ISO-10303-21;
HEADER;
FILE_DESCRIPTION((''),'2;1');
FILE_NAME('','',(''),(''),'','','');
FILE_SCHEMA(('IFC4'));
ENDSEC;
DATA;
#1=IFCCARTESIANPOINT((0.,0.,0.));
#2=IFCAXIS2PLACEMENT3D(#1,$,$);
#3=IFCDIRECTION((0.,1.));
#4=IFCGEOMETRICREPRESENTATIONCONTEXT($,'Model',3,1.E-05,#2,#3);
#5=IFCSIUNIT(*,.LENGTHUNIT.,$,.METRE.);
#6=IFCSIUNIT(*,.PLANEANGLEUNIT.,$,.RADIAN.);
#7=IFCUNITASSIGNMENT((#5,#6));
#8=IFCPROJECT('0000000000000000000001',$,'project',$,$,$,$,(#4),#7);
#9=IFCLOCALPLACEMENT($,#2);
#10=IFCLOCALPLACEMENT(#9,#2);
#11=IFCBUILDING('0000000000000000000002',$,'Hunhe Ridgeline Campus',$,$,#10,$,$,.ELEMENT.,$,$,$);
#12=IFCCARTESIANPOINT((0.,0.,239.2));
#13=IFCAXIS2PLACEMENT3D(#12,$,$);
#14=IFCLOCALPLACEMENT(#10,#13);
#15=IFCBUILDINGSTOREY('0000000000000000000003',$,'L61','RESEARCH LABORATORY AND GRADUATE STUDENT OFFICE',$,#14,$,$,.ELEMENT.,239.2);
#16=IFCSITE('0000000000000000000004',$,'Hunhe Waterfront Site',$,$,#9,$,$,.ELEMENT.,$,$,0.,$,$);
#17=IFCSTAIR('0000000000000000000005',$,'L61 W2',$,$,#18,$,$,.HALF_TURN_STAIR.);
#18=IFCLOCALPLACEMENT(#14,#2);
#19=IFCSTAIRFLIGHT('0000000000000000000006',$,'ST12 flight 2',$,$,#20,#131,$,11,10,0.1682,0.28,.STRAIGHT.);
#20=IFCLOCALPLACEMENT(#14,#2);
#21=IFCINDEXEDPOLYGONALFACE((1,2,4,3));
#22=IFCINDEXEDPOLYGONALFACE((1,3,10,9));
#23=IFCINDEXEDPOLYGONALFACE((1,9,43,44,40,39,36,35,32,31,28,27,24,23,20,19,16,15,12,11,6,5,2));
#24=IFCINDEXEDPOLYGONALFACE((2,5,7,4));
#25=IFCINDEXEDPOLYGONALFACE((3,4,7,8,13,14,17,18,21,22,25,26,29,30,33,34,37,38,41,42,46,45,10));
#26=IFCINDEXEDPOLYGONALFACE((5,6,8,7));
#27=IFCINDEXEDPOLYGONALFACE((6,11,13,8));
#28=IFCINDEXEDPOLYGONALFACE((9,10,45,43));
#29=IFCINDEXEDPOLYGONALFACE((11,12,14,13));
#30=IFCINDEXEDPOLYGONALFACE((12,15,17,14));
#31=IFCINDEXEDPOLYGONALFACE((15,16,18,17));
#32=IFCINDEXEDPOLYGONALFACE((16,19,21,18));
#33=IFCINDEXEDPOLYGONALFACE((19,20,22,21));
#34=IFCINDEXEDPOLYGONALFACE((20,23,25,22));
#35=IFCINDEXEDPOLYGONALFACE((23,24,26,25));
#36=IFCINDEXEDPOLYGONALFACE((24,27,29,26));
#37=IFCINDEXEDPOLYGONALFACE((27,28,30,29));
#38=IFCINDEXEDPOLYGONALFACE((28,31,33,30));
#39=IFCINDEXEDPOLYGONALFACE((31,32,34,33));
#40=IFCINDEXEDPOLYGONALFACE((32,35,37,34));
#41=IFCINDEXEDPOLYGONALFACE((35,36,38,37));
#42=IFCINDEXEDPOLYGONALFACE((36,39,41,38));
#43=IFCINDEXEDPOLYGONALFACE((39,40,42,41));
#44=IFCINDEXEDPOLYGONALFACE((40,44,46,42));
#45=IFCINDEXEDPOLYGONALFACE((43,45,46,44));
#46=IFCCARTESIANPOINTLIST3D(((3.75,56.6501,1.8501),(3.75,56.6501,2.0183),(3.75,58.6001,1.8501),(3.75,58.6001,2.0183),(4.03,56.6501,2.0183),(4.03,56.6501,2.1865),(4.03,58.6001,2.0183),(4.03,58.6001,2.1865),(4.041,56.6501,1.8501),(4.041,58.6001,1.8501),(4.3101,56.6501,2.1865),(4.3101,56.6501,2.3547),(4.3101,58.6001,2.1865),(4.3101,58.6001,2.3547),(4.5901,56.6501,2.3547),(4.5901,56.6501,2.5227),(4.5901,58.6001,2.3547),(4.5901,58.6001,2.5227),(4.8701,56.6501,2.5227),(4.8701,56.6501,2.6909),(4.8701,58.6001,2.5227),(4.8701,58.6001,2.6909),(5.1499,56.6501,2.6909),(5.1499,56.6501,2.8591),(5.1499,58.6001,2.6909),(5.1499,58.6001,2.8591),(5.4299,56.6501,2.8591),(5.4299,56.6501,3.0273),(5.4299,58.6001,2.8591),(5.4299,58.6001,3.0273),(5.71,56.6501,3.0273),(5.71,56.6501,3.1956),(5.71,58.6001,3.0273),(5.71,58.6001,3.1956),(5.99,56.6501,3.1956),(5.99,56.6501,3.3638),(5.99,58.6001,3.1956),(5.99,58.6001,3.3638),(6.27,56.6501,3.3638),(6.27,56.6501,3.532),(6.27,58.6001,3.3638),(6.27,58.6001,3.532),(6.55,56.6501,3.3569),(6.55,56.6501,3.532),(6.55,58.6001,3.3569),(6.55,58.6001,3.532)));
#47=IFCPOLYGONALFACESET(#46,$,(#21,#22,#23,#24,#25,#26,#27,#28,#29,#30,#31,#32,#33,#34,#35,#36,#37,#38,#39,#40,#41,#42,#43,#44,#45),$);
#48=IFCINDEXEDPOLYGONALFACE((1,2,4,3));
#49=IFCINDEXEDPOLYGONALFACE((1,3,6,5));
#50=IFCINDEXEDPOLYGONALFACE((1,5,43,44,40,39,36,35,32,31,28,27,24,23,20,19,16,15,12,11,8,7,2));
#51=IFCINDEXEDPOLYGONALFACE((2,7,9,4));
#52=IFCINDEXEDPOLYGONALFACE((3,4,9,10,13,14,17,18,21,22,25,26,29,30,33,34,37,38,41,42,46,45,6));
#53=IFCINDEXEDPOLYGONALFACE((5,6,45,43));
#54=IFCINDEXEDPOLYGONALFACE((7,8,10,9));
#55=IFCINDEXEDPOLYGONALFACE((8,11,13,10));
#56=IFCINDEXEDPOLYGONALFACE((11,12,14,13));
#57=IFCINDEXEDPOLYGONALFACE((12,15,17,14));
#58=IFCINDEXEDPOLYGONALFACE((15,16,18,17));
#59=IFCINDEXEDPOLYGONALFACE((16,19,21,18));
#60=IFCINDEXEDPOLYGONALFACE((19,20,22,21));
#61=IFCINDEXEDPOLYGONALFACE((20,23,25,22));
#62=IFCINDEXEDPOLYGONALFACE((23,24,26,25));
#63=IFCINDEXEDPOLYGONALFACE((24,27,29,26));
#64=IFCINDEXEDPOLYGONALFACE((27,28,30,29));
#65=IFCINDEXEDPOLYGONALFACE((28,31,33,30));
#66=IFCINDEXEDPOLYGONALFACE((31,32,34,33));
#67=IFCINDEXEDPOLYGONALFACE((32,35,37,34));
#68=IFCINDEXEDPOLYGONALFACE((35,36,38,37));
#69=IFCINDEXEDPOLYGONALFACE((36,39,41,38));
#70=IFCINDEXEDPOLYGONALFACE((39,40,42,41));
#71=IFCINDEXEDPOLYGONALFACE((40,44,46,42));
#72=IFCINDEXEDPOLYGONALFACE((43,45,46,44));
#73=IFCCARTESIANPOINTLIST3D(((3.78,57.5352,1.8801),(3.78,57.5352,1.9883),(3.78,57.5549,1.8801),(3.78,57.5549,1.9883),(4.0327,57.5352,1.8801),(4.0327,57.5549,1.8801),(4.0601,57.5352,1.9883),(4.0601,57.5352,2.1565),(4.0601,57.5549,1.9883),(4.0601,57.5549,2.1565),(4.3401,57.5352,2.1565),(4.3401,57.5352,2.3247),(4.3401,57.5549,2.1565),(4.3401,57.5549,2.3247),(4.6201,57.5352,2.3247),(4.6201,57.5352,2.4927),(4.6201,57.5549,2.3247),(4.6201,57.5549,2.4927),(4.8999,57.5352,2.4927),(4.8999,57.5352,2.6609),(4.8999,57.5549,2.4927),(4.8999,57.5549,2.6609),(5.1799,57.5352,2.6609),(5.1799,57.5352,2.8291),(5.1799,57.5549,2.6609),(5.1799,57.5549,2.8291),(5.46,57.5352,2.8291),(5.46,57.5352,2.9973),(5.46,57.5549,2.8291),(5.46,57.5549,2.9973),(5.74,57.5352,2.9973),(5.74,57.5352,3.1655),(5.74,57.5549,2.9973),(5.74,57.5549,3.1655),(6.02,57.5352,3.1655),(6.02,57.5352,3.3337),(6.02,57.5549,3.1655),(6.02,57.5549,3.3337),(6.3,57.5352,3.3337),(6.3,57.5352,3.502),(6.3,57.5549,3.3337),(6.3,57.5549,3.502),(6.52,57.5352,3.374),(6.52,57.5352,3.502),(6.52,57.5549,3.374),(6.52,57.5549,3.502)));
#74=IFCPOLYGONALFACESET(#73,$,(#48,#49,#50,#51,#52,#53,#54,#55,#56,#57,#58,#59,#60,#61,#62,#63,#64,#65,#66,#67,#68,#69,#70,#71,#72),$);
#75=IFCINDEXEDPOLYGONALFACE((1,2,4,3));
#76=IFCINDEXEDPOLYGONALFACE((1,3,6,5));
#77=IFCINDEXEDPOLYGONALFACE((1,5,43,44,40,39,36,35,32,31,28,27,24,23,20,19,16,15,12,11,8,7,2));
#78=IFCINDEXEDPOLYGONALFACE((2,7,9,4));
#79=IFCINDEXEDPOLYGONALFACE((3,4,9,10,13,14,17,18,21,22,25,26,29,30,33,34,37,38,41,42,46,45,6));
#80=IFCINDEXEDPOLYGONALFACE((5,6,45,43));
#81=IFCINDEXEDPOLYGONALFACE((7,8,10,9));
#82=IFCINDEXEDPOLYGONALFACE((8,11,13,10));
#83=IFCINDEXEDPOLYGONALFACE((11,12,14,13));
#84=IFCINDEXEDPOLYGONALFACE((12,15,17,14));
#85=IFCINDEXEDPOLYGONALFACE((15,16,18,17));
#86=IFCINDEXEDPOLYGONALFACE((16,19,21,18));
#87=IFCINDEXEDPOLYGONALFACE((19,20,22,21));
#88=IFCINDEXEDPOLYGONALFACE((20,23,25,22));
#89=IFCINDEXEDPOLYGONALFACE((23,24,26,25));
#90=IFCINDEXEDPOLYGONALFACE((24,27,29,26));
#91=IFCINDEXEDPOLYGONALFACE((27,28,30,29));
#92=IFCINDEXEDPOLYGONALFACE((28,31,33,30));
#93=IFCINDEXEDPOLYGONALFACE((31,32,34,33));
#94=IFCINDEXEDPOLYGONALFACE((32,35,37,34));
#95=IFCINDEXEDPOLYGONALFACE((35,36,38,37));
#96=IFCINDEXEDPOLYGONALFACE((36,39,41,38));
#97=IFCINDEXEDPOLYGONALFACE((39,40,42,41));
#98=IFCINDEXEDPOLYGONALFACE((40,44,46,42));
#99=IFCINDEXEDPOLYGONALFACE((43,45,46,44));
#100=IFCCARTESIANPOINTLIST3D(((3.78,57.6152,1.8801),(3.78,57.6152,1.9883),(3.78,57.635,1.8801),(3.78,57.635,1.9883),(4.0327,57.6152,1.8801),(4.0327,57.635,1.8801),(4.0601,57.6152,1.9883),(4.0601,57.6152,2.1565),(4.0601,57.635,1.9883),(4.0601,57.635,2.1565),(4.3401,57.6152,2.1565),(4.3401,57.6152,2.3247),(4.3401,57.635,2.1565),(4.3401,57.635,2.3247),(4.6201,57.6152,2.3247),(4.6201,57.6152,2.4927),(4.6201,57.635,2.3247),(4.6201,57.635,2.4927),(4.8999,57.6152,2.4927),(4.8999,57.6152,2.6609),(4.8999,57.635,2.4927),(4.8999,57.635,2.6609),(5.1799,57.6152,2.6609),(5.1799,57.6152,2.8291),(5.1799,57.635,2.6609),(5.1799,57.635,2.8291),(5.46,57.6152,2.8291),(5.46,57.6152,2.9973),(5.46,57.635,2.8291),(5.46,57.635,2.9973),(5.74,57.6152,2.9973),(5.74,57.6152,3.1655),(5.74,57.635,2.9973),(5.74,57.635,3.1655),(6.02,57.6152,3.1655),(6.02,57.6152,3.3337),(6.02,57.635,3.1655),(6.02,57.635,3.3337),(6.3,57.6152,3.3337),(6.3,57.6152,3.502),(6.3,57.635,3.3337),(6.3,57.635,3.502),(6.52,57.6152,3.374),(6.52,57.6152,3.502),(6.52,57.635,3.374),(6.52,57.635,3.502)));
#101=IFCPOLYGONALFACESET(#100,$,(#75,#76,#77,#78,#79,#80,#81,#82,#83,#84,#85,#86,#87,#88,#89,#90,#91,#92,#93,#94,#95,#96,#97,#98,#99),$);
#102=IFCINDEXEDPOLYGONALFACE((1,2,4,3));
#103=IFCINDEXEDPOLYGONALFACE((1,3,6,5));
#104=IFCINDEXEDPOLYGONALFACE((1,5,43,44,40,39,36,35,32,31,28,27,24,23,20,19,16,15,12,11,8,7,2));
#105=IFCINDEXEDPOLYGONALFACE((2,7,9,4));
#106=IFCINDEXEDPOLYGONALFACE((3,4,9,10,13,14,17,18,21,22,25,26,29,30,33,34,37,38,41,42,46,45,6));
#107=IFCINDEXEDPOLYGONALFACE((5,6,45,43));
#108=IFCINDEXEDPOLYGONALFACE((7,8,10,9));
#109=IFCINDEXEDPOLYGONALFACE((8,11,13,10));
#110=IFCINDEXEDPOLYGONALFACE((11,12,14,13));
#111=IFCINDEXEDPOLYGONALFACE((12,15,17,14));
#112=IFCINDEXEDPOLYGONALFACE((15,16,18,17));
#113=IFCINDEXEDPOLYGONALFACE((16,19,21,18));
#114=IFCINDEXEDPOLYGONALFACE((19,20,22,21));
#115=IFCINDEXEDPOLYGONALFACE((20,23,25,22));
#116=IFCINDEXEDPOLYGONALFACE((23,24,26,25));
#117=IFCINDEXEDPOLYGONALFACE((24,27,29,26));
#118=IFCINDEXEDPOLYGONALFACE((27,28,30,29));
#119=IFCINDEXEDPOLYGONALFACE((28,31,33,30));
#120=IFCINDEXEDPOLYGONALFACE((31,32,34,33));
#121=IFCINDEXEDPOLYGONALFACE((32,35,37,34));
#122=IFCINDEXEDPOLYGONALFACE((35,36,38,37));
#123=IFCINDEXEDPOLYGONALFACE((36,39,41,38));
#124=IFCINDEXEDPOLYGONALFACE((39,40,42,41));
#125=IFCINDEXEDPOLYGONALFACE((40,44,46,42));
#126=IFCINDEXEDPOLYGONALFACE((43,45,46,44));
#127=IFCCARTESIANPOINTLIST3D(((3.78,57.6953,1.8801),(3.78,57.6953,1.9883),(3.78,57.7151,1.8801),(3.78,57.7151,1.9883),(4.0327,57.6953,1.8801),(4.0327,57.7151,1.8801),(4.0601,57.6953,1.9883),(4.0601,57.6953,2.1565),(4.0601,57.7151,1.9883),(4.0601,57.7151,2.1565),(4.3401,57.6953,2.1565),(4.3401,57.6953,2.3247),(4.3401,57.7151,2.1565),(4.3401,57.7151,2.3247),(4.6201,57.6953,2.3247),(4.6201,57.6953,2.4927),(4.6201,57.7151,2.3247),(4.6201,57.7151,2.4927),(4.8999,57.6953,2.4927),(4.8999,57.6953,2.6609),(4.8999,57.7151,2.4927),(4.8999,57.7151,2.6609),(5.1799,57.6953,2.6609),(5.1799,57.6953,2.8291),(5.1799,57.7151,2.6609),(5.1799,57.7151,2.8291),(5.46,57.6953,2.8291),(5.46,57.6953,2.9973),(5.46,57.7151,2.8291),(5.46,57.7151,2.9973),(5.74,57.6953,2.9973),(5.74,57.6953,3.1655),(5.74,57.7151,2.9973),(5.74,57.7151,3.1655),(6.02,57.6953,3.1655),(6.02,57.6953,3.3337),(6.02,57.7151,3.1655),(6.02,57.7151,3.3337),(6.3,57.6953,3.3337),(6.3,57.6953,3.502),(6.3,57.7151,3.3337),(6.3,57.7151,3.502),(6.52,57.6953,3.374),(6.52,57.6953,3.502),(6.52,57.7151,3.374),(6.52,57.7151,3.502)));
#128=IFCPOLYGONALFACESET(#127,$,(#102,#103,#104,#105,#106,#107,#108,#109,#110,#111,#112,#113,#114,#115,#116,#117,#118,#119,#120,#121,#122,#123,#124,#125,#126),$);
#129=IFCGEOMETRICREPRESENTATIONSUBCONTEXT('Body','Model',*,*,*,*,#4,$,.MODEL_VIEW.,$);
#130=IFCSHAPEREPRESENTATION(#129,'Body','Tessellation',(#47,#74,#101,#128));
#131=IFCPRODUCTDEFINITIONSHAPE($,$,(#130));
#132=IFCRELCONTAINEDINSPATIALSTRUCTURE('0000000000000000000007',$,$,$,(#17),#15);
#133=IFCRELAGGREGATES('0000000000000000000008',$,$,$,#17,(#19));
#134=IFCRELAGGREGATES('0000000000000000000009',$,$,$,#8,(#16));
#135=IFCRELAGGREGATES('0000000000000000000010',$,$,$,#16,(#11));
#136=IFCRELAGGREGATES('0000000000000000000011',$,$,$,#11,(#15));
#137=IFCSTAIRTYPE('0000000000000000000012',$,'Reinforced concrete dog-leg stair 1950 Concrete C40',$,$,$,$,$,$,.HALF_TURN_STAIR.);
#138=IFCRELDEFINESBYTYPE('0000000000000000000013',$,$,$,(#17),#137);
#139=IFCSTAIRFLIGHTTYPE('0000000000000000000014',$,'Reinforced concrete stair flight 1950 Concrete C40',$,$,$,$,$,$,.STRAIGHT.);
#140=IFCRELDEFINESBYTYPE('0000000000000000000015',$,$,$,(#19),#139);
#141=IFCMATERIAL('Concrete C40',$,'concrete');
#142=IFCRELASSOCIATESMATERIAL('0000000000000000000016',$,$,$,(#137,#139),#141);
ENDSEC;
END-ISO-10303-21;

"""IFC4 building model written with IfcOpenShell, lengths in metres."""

from ifc_helpers import new_model, si_unit, direction, frame, origin, place, context, subcontext, project, spatial, polyline, outline, extrude, material, type_object, element, aggregate, save


model = new_model("IFC4")

# Units and contexts
model_context = context("Model", 3, precision=1e-05, world=origin(), true_north=direction((0.0, 1.0)))
body_context = subcontext(model_context, "Body", "Model", "MODEL_VIEW")
ifc_project = project(units=[si_unit("LENGTHUNIT", "METRE"), si_unit("PLANEANGLEUNIT", "RADIAN")], contexts=[model_context])

# Site, building, storey
site_placement = place(None, origin())
site = spatial("IfcSite", under=ifc_project, at=site_placement, Name="Hunhe Waterfront Site", CompositionType="ELEMENT", RefElevation=0.0)
building_placement = place(site_placement, origin())
building = spatial("IfcBuilding", under=site, at=building_placement, Name="Hunhe Ridgeline Campus", CompositionType="ELEMENT")
storey_placement = place(building_placement, frame((0.0, 0.0, 239.2)))
storey = spatial("IfcBuildingStorey", under=building, at=storey_placement, Name="L61", Description="RESEARCH LABORATORY AND GRADUATE STUDENT OFFICE", CompositionType="ELEMENT", Elevation=239.2)

# Stair, stair flight
ifc_material_1 = material(Name="Concrete C40", Category="concrete")
stair_type = type_object("IfcStairType", Name="Reinforced concrete dog-leg stair 1950 Concrete C40", PredefinedType="HALF_TURN_STAIR", material=ifc_material_1)
stair_flight_type = type_object("IfcStairFlightType", Name="Reinforced concrete stair flight 1950 Concrete C40", PredefinedType="STRAIGHT", material=ifc_material_1)
stair_1_placement = place(storey_placement, origin())
stair_1 = element("IfcStair", 1, at=stair_1_placement, inside=storey, type_object=stair_type, Name="L61 W2", PredefinedType="HALF_TURN_STAIR")
stair_flight_1_placement = place(storey_placement, frame((3.75, 57.625, 1.8501), z_axis=(0.0, 0.0, 1.0), x_axis=(1.0, 0.0, 0.0)))
stair_flight_1 = element("IfcStairFlight", 2, at=stair_flight_1_placement, type_object=stair_flight_type, Name="ST12 flight 2", NumberOfRisers=11, NumberOfTreads=10, PredefinedType="STRAIGHT", RiserHeight=0.1682, TreadLength=0.28, context=body_context, shape_type="SweptSolid", body=[
    extrude(outline(polyline([(0.0, 0.0), (0.0, 0.1682), (0.28, 0.1682), (0.28, 0.3364), (0.5601, 0.3364), (0.5601, 0.5046), (0.8401, 0.5046), (0.8401, 0.6726), (1.1201, 0.6726), (1.1201, 0.8408), (1.3999, 0.8408), (1.3999, 1.009), (1.6799, 1.009), (1.6799, 1.1772), (1.96, 1.1772), (1.96, 1.3455), (2.24, 1.3455), (2.24, 1.5137), (2.52, 1.5137), (2.52, 1.6819), (2.8, 1.6819), (2.8, 1.8501), (2.8, 1.5068), (0.291, 0.0), (0.0, 0.0)])), frame((0.0, 0.9751, 0.0), z_axis=(0.0, -1.0, 0.0), x_axis=(1.0, 0.0, 0.0)), (0.0, 0.0, 1.0), 1.95),
    extrude(outline(polyline([(0.03, 0.03), (0.03, 0.1382), (0.3101, 0.1382), (0.3101, 0.3064), (0.5901, 0.3064), (0.5901, 0.4746), (0.8701, 0.4746), (0.8701, 0.6426), (1.1499, 0.6426), (1.1499, 0.8108), (1.4299, 0.8108), (1.4299, 0.979), (1.71, 0.979), (1.71, 1.1472), (1.99, 1.1472), (1.99, 1.3154), (2.27, 1.3154), (2.27, 1.4836), (2.55, 1.4836), (2.55, 1.6519), (2.77, 1.6519), (2.77, 1.5239), (0.2827, 0.03), (0.03, 0.03)])), frame((0.0, -0.0701, 0.0), z_axis=(0.0, -1.0, 0.0), x_axis=(1.0, 0.0, 0.0)), (0.0, 0.0, 1.0), 0.0198),
    extrude(outline(polyline([(0.03, 0.03), (0.03, 0.1382), (0.3101, 0.1382), (0.3101, 0.3064), (0.5901, 0.3064), (0.5901, 0.4746), (0.8701, 0.4746), (0.8701, 0.6426), (1.1499, 0.6426), (1.1499, 0.8108), (1.4299, 0.8108), (1.4299, 0.979), (1.71, 0.979), (1.71, 1.1472), (1.99, 1.1472), (1.99, 1.3154), (2.27, 1.3154), (2.27, 1.4836), (2.55, 1.4836), (2.55, 1.6519), (2.77, 1.6519), (2.77, 1.5239), (0.2827, 0.03), (0.03, 0.03)])), frame((0.0, 0.01, 0.0), z_axis=(0.0, -1.0, 0.0), x_axis=(1.0, 0.0, 0.0)), (0.0, 0.0, 1.0), 0.0198),
    extrude(outline(polyline([(0.03, 0.03), (0.03, 0.1382), (0.3101, 0.1382), (0.3101, 0.3064), (0.5901, 0.3064), (0.5901, 0.4746), (0.8701, 0.4746), (0.8701, 0.6426), (1.1499, 0.6426), (1.1499, 0.8108), (1.4299, 0.8108), (1.4299, 0.979), (1.71, 0.979), (1.71, 1.1472), (1.99, 1.1472), (1.99, 1.3154), (2.27, 1.3154), (2.27, 1.4836), (2.55, 1.4836), (2.55, 1.6519), (2.77, 1.6519), (2.77, 1.5239), (0.2827, 0.03), (0.03, 0.03)])), frame((0.0, 0.0901, 0.0), z_axis=(0.0, -1.0, 0.0), x_axis=(1.0, 0.0, 0.0)), (0.0, 0.0, 1.0), 0.0198),
])
aggregate(stair_1, [stair_flight_1])

save(model, "model.ifc")
